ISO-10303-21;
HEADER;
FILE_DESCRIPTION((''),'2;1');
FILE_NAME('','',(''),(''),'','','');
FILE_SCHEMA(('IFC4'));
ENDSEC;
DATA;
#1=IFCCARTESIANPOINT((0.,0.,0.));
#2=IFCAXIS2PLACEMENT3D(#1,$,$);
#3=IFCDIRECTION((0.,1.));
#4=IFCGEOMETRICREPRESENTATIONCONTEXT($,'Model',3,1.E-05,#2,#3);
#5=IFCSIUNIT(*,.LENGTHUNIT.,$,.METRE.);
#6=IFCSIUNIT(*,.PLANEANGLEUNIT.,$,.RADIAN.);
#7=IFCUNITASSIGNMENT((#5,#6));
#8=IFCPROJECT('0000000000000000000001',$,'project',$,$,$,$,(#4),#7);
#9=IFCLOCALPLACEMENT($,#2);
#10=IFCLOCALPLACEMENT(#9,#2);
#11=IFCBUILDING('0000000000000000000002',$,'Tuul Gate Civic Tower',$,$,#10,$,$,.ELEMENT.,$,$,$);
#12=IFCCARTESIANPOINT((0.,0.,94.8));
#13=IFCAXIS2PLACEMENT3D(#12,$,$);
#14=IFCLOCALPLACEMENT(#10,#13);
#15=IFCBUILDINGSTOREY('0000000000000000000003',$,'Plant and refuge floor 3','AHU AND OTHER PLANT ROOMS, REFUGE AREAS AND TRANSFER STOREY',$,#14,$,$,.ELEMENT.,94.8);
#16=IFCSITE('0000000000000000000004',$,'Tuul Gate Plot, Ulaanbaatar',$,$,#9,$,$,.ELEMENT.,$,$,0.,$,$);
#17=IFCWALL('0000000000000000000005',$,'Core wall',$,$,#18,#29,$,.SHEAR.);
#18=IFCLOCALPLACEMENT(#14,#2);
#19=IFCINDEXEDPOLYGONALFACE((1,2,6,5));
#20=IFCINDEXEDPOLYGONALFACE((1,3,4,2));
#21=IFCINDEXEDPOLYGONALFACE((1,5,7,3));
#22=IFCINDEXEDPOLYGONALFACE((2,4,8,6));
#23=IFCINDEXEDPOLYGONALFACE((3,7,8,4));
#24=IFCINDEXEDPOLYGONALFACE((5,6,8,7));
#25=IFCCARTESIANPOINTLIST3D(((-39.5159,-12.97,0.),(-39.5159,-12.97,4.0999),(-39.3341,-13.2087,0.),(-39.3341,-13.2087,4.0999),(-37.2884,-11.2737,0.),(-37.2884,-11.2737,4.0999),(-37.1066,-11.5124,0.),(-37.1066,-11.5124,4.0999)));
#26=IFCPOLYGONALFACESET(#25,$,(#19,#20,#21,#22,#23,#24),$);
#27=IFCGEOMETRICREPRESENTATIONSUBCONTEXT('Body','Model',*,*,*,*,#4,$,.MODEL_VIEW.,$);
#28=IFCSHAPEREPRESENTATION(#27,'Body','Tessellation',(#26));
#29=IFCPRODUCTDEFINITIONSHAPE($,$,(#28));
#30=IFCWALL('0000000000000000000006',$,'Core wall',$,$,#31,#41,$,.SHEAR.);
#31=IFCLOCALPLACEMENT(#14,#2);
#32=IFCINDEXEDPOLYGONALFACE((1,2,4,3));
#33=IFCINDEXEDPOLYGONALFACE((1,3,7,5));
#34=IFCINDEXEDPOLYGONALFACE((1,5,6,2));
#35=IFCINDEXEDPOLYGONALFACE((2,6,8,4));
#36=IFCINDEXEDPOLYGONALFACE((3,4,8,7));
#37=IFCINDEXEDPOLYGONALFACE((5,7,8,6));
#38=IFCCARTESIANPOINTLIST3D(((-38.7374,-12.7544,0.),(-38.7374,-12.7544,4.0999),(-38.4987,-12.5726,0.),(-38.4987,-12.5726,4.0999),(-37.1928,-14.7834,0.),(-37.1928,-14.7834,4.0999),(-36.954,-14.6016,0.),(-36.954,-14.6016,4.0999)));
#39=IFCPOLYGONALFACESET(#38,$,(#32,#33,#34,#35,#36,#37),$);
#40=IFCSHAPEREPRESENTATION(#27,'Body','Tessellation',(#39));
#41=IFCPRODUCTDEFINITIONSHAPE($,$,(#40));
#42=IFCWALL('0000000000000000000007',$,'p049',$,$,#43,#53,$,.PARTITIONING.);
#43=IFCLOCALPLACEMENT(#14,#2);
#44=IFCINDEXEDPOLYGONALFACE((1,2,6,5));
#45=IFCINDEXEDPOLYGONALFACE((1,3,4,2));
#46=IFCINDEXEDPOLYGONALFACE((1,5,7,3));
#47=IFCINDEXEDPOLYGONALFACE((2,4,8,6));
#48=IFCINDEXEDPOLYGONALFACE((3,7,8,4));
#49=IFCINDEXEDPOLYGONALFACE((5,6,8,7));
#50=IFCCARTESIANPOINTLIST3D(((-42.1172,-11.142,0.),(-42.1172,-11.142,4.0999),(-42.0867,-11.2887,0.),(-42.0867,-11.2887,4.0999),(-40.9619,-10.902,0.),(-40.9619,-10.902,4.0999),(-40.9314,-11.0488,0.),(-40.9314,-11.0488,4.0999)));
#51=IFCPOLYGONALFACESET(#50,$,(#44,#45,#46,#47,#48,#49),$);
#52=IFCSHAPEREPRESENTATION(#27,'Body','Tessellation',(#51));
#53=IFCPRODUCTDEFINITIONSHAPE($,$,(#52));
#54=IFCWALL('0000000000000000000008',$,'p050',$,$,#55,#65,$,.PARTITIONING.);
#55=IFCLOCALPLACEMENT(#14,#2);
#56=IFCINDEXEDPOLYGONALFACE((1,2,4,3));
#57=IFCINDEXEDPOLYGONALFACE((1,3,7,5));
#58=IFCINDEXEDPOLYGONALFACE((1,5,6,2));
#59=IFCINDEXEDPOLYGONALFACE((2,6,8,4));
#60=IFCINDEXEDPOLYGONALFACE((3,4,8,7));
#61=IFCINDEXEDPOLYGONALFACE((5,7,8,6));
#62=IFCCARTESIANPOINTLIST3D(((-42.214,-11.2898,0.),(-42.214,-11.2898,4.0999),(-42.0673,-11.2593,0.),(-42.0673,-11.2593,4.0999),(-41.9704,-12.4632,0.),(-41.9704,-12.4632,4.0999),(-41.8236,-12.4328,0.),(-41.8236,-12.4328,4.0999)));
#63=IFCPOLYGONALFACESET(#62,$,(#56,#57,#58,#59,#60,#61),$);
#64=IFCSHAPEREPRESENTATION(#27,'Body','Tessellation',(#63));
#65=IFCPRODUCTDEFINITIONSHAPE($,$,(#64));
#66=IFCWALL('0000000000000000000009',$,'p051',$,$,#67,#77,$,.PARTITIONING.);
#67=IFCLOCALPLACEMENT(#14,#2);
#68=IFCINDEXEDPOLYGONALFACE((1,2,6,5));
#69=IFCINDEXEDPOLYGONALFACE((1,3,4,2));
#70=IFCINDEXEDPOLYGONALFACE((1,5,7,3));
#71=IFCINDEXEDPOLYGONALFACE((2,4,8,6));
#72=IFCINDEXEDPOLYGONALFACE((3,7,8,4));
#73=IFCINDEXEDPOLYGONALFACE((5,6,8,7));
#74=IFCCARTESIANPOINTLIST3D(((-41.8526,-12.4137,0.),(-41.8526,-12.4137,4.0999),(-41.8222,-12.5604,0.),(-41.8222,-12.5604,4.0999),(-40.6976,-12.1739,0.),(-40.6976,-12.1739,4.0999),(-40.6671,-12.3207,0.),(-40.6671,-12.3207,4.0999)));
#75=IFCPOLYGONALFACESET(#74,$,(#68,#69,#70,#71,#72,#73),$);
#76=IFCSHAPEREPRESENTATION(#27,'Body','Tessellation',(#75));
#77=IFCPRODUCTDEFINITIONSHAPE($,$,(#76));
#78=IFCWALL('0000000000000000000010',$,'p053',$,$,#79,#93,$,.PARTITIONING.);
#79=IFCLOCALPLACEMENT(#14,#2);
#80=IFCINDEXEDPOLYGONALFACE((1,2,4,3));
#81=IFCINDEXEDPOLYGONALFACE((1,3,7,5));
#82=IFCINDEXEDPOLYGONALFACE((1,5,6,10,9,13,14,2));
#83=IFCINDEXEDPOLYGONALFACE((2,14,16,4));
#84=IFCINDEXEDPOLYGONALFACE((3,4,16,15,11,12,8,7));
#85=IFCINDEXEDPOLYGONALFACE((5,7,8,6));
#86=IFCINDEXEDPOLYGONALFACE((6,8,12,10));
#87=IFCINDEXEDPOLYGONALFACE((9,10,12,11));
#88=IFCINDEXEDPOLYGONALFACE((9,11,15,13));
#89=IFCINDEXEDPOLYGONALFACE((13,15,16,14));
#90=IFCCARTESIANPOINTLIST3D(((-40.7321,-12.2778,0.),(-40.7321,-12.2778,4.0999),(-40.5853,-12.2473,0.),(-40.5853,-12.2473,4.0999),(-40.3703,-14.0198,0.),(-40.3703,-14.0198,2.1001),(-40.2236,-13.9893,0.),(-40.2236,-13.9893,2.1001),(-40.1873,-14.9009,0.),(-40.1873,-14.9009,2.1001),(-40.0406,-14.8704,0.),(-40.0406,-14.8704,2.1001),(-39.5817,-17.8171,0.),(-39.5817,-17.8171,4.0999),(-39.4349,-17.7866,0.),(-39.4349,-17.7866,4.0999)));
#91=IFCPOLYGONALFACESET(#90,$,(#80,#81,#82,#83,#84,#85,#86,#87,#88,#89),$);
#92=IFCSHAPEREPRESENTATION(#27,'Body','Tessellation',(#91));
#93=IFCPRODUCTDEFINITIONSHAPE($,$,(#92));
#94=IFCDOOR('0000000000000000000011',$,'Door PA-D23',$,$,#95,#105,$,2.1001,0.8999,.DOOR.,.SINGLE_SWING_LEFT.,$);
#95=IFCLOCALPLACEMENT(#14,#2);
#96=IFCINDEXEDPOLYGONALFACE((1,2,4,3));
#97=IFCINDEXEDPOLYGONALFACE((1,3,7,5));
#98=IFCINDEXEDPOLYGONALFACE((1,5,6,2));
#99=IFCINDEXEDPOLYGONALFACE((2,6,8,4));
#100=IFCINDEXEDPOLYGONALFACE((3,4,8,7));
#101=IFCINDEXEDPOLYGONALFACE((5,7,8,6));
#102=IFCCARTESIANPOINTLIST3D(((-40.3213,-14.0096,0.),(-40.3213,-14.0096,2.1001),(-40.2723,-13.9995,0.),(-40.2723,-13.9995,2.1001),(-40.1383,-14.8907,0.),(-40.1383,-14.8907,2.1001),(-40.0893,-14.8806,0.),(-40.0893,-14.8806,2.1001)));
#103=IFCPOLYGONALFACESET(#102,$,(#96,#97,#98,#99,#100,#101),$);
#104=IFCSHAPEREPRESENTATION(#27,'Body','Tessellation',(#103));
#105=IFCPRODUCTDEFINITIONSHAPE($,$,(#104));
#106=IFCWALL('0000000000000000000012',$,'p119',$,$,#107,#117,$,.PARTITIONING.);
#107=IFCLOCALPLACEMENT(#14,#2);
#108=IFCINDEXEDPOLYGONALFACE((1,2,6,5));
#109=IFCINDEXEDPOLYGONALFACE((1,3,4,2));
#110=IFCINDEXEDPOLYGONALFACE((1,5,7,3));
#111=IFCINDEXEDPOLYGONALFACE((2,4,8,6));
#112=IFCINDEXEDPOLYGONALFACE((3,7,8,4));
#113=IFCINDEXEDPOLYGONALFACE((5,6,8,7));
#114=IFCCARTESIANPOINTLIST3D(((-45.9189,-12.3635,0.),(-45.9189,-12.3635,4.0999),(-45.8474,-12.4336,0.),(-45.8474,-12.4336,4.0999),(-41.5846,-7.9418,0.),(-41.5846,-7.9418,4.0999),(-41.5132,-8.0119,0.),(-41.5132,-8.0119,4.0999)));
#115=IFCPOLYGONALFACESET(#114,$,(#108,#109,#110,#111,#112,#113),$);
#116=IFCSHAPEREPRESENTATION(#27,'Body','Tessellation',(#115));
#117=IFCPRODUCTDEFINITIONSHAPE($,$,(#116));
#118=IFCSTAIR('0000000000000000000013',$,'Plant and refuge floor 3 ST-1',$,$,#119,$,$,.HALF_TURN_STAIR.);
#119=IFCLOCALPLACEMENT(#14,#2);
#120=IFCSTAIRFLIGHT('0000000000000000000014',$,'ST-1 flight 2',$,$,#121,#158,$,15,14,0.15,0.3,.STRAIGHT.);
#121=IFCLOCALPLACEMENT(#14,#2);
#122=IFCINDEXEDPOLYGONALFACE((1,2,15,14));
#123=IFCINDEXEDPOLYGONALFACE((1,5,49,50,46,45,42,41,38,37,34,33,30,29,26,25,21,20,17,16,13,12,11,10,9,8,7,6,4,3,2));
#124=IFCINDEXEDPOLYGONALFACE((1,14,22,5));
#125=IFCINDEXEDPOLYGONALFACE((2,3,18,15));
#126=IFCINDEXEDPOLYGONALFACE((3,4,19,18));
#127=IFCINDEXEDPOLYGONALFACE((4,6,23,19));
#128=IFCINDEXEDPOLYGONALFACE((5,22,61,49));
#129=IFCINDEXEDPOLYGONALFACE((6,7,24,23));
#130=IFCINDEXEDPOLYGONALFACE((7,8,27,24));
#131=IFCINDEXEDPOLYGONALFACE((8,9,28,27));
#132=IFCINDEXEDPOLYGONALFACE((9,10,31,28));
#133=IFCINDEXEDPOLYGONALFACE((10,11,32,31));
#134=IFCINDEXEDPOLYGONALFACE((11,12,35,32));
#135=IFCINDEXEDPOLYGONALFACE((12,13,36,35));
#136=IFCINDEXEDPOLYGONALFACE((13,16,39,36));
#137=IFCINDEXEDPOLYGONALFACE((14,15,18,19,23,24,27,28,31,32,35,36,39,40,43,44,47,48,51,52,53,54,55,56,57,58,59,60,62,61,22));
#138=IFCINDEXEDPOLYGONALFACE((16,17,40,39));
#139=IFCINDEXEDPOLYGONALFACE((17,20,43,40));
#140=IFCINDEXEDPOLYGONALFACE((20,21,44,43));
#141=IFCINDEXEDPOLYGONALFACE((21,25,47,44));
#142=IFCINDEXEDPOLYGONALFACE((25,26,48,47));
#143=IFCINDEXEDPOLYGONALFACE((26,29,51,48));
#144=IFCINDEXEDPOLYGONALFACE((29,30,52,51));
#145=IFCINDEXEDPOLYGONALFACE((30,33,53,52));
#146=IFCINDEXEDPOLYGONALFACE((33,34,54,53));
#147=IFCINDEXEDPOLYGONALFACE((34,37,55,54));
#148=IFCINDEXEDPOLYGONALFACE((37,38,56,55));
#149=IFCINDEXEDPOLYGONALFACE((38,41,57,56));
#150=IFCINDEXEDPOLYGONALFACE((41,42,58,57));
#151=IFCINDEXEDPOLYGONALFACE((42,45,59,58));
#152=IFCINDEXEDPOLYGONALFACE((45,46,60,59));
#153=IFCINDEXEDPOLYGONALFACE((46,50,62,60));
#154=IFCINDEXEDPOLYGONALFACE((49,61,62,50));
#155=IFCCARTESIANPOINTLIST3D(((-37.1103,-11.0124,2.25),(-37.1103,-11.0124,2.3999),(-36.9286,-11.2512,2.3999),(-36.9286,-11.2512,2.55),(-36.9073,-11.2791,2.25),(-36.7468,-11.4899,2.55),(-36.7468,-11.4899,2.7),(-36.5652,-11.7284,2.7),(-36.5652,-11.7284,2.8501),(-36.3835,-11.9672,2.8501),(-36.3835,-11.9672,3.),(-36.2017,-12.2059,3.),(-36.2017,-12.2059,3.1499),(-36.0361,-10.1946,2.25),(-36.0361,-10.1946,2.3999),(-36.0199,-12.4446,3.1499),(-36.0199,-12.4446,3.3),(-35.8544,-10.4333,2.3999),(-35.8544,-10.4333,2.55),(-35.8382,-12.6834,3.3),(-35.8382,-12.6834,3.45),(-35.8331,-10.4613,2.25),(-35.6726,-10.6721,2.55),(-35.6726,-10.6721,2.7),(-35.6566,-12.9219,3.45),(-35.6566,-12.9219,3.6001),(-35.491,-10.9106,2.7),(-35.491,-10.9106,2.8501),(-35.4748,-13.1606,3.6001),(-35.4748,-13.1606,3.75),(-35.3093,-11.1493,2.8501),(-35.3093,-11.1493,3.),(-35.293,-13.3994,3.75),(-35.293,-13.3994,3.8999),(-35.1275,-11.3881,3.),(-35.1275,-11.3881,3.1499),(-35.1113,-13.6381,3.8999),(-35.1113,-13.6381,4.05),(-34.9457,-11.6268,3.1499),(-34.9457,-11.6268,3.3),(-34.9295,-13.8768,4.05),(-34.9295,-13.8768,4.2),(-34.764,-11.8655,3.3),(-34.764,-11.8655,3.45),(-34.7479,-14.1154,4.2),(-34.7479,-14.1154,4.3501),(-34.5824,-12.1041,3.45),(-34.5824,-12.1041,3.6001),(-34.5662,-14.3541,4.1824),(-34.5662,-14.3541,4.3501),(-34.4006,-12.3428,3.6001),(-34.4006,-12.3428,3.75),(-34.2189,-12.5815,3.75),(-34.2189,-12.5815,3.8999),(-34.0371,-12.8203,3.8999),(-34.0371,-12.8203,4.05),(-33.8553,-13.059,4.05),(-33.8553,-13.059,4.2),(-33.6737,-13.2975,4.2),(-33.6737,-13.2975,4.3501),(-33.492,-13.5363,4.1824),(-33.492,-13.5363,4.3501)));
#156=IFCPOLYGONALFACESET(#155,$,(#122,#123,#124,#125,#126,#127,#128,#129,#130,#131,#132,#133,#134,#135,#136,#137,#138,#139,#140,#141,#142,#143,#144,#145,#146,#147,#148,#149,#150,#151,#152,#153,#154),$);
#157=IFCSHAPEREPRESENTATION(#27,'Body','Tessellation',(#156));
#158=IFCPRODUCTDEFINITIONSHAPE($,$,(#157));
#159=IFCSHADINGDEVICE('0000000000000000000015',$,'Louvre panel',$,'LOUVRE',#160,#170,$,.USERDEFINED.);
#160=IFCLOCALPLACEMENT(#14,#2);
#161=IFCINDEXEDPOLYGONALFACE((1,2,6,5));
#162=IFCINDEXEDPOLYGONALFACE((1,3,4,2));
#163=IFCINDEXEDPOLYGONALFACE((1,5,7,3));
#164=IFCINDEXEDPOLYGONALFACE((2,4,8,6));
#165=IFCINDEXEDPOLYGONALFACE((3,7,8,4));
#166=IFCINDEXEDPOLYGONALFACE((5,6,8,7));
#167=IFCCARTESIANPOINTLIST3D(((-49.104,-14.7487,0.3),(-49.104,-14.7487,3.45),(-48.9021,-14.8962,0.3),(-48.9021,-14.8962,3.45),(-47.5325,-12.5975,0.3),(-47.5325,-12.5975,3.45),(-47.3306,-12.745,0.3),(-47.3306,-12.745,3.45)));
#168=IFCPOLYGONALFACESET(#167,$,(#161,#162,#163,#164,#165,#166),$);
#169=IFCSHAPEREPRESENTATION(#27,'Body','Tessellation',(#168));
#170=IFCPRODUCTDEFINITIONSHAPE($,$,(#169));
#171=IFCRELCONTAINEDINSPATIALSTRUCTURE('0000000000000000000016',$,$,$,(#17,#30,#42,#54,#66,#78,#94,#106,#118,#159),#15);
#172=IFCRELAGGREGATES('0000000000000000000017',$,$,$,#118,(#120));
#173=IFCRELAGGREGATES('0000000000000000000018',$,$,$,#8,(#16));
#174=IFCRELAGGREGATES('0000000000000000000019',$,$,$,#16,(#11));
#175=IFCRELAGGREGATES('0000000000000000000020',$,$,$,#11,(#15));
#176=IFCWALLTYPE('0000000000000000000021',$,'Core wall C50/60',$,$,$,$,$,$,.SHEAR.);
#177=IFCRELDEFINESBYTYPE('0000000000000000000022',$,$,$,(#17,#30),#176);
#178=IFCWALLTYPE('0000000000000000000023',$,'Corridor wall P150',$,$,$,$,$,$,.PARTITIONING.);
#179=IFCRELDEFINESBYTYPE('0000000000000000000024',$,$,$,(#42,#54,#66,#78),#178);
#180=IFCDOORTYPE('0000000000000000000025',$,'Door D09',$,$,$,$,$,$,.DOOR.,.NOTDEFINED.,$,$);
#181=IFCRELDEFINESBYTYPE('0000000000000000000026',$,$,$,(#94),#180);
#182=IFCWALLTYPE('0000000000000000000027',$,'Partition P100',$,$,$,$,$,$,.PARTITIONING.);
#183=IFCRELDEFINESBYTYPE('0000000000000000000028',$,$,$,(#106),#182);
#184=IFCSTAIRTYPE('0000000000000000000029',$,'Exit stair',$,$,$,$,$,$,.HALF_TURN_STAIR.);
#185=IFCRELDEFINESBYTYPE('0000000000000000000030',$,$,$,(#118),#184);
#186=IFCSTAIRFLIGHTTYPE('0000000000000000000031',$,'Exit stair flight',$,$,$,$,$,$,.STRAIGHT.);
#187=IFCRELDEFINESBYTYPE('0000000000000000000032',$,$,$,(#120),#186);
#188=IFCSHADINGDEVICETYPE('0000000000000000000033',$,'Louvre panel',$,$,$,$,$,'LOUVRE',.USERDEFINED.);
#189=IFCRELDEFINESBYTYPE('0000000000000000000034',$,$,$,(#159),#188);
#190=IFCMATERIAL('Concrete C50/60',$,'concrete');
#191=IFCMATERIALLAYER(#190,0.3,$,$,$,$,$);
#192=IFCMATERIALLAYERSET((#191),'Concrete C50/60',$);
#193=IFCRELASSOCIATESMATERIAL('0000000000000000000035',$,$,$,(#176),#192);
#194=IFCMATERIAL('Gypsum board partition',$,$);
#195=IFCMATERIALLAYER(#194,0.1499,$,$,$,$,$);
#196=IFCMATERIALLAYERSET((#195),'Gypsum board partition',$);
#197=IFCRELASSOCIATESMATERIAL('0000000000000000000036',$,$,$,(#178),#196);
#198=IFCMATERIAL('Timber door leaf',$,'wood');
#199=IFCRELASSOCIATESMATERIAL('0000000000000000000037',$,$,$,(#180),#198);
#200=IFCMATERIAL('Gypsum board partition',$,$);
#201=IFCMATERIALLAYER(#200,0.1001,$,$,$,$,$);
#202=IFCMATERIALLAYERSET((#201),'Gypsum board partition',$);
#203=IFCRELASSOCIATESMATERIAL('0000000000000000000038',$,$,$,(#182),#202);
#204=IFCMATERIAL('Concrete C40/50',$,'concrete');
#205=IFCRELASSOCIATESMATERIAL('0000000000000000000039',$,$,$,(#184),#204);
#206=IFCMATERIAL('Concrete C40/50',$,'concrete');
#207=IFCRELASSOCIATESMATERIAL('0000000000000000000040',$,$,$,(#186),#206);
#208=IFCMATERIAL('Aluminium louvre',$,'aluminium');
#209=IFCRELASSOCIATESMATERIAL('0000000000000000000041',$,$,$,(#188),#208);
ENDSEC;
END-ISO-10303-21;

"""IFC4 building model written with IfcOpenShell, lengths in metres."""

from ifc_helpers import new_model, si_unit, direction, frame, frame_2d, origin, origin_2d, place, context, subcontext, project, spatial, polyline, rectangle, outline, extrude, material, layer, layer_set, type_object, element, fill, aggregate, save


model = new_model("IFC4")

# Units and contexts
model_context = context("Model", 3, precision=1e-05, world=origin(), true_north=direction((0.0, 1.0)))
body_context = subcontext(model_context, "Body", "Model", "MODEL_VIEW")
ifc_project = project(units=[si_unit("LENGTHUNIT", "METRE"), si_unit("PLANEANGLEUNIT", "RADIAN")], contexts=[model_context])

# Site, building, storey
site_placement = place(None, origin())
site = spatial("IfcSite", under=ifc_project, at=site_placement, Name="Tuul Gate Plot, Ulaanbaatar", CompositionType="ELEMENT", RefElevation=0.0)
building_placement = place(site_placement, origin())
building = spatial("IfcBuilding", under=site, at=building_placement, Name="Tuul Gate Civic Tower", CompositionType="ELEMENT")
storey_placement = place(building_placement, frame((0.0, 0.0, 94.8)))
storey = spatial("IfcBuildingStorey", under=building, at=storey_placement, Name="Plant and refuge floor 3", Description="AHU AND OTHER PLANT ROOMS, REFUGE AREAS AND TRANSFER STOREY", CompositionType="ELEMENT", Elevation=94.8)

# Shared definitions
ifc_material_1 = material(Name="Concrete C50/60", Category="concrete")
ifc_layer_1 = layer(ifc_material_1, 0.3)
ifc_layer_set_1 = layer_set([ifc_layer_1], Name="Concrete C50/60")
wall_type_1 = type_object("IfcWallType", Name="Core wall C50/60", PredefinedType="SHEAR", material=ifc_layer_set_1)

# Walls
wall_1_placement = place(storey_placement, frame((-37.1975, -11.3931, 0.0), z_axis=(0.0, 0.0, 1.0), x_axis=(-0.795584, -0.605844, 0.0)))
element("IfcWall", 1, at=wall_1_placement, inside=storey, type_object=wall_type_1, Name="Core wall", PredefinedType="SHEAR", context=body_context, shape_type="SweptSolid", body=[
    extrude(rectangle(XDim=2.7998, YDim=0.3, at=frame_2d((1.3999, 0.0))), origin(), (0.0, 0.0, 1.0), 4.0999),
])
wall_2_placement = place(storey_placement, frame((-37.0735, -14.6924, 0.0), z_axis=(0.0, 0.0, 1.0), x_axis=(-0.605729, 0.795671, 0.0)))
element("IfcWall", 2, at=wall_2_placement, inside=storey, type_object=wall_type_1, Name="Core wall", PredefinedType="SHEAR", context=body_context, shape_type="SweptSolid", body=[
    extrude(rectangle(XDim=2.55, YDim=0.3, at=frame_2d((1.2749, 0.0))), origin(), (0.0, 0.0, 1.0), 4.0999),
])
ifc_material_2 = material(Name="Gypsum board partition")
ifc_layer_2 = layer(ifc_material_2, 0.1499)
ifc_layer_set_2 = layer_set([ifc_layer_2], Name="Gypsum board partition")
wall_type_2 = type_object("IfcWallType", Name="Corridor wall P150", PredefinedType="PARTITIONING", material=ifc_layer_set_2)
wall_3_placement = place(storey_placement, frame((-42.1018, -11.2153, 0.0), z_axis=(0.0, 0.0, 1.0), x_axis=(0.979097, 0.203392, 0.0)))
element("IfcWall", 3, at=wall_3_placement, inside=storey, type_object=wall_type_2, Name="p049", PredefinedType="PARTITIONING", context=body_context, shape_type="SweptSolid", body=[
    extrude(rectangle(XDim=1.1799, YDim=0.1499, at=frame_2d((0.5898, 0.0))), origin(), (0.0, 0.0, 1.0), 4.0999),
])
wall_4_placement = place(storey_placement, frame((-42.1406, -11.2747, 0.0), z_axis=(0.0, 0.0, 1.0), x_axis=(0.20332, -0.979112, 0.0)))
element("IfcWall", 4, at=wall_4_placement, inside=storey, type_object=wall_type_2, Name="p050", PredefinedType="PARTITIONING", context=body_context, shape_type="SweptSolid", body=[
    extrude(rectangle(XDim=1.1985, YDim=0.1499, at=frame_2d((0.5991, 0.0))), origin(), (0.0, 0.0, 1.0), 4.0999),
])
wall_5_placement = place(storey_placement, frame((-41.8374, -12.4871, 0.0), z_axis=(0.0, 0.0, 1.0), x_axis=(0.97913, 0.203235, 0.0)))
element("IfcWall", 5, at=wall_5_placement, inside=storey, type_object=wall_type_2, Name="p051", PredefinedType="PARTITIONING", context=body_context, shape_type="SweptSolid", body=[
    extrude(rectangle(XDim=1.1797, YDim=0.1499, at=frame_2d((0.5898, 0.0))), origin(), (0.0, 0.0, 1.0), 4.0999),
])

# Wall, opening, door
wall_6_placement = place(storey_placement, frame((-40.6587, -12.2627, 0.0), z_axis=(0.0, 0.0, 1.0), x_axis=(0.203339, -0.979108, 0.0)))
wall_6 = element("IfcWall", 6, at=wall_6_placement, inside=storey, type_object=wall_type_2, Name="p053", PredefinedType="PARTITIONING", context=body_context, shape_type="SweptSolid", body=[
    extrude(rectangle(XDim=5.6575, YDim=0.1499, at=frame_2d((2.8286, 0.0))), origin(), (0.0, 0.0, 1.0), 4.0999),
])
opening_1_placement = place(wall_6_placement, frame((1.7791, 0.0, 0.0)))
opening_1 = element("IfcOpeningElement", 7, at=opening_1_placement, cuts=wall_6, PredefinedType="OPENING", context=body_context, shape_type="SweptSolid", body=[
    extrude(rectangle(XDim=0.8999, YDim=2.1001, at=frame_2d((0.45, 1.05))), frame((0.0, 0.085, 0.0), z_axis=(0.0, -1.0, 0.0), x_axis=(1.0, 0.0, 0.0)), (0.0, 0.0, 1.0), 0.1699),
])
ifc_material_3 = material(Name="Timber door leaf", Category="wood")
door_type_1 = type_object("IfcDoorType", Name="Door D09", OperationType="NOTDEFINED", PredefinedType="DOOR", material=ifc_material_3)
door_1_placement = place(opening_1_placement, frame((0.8999, 0.0, 0.0), z_axis=(0.0, 0.0, 1.0), x_axis=(-1.0, 0.0, 0.0)))
door_1 = element("IfcDoor", 8, at=door_1_placement, inside=storey, type_object=door_type_1, Name="Door PA-D23", OperationType="SINGLE_SWING_LEFT", OverallHeight=2.1001, OverallWidth=0.8999, PredefinedType="DOOR", context=body_context, shape_type="SweptSolid", body=[
    extrude(rectangle(XDim=0.8999, YDim=2.1001, at=frame_2d((0.45, 1.05))), frame((0.0, 0.0249, 0.0), z_axis=(0.0, -1.0, 0.0), x_axis=(1.0, 0.0, 0.0)), (0.0, 0.0, 1.0), 0.05),
])
fill(opening_1, door_1)

# Wall
ifc_material_4 = material(Name="Gypsum board partition")
ifc_layer_3 = layer(ifc_material_4, 0.1001)
ifc_layer_set_3 = layer_set([ifc_layer_3], Name="Gypsum board partition")
wall_type_3 = type_object("IfcWallType", Name="Partition P100", PredefinedType="PARTITIONING", material=ifc_layer_set_3)
wall_7_placement = place(storey_placement, frame((-45.8831, -12.3984, 0.0), z_axis=(0.0, 0.0, 1.0), x_axis=(0.700013, 0.71413, 0.0)))
element("IfcWall", 9, at=wall_7_placement, inside=storey, type_object=wall_type_3, Name="p119", PredefinedType="PARTITIONING", context=body_context, shape_type="SweptSolid", body=[
    extrude(rectangle(XDim=6.1917, YDim=0.1001, at=frame_2d((3.0957, 0.0))), origin(), (0.0, 0.0, 1.0), 4.0999),
])

# Stair, stair flight
ifc_material_5 = material(Name="Concrete C40/50", Category="concrete")
stair_type = type_object("IfcStairType", Name="Exit stair", PredefinedType="HALF_TURN_STAIR", material=ifc_material_5)
stair_placement = place(storey_placement, origin())
stair = element("IfcStair", 10, at=stair_placement, inside=storey, type_object=stair_type, Name="Plant and refuge floor 3 ST-1", PredefinedType="HALF_TURN_STAIR")
ifc_material_6 = material(Name="Concrete C40/50", Category="concrete")
stair_flight_type = type_object("IfcStairFlightType", Name="Exit stair flight", PredefinedType="STRAIGHT", material=ifc_material_6)
stair_flight_placement = place(storey_placement, frame((-36.5732, -10.6035, 2.25), z_axis=(0.0, 0.0, 1.0), x_axis=(0.605764, -0.795644, 0.0)))
stair_flight = element("IfcStairFlight", 11, at=stair_flight_placement, type_object=stair_flight_type, Name="ST-1 flight 2", NumberOfRisers=15, NumberOfTreads=14, PredefinedType="STRAIGHT", RiserHeight=0.15, TreadLength=0.3, context=body_context, shape_type="SweptSolid", body=[
    extrude(outline(polyline([(0.0, 0.0), (0.0, 0.1499), (0.3, 0.1499), (0.3, 0.3), (0.6001, 0.3), (0.6001, 0.45), (0.8999, 0.45), (0.8999, 0.6001), (1.2, 0.6001), (1.2, 0.75), (1.5, 0.75), (1.5, 0.8999), (1.8, 0.8999), (1.8, 1.05), (2.1001, 1.05), (2.1001, 1.2), (2.3999, 1.2), (2.3999, 1.3501), (2.7, 1.3501), (2.7, 1.5), (3.0, 1.5), (3.0, 1.6499), (3.3, 1.6499), (3.3, 1.8), (3.6001, 1.8), (3.6001, 1.95), (3.8999, 1.95), (3.8999, 2.1001), (4.2, 2.1001), (4.2, 2.25), (4.2, 1.9324), (0.3352, 0.0), (0.0, 0.0)])), frame((0.0, 0.675, 0.0), z_axis=(0.0, -1.0, 0.0), x_axis=(1.0, 0.0, 0.0)), (0.0, 0.0, 1.0), 1.3501),
])
aggregate(stair, [stair_flight])

# Shading device
ifc_material_7 = material(Name="Aluminium louvre", Category="aluminium")
shading_device_type = type_object("IfcShadingDeviceType", Name="Louvre panel", ElementType="LOUVRE", PredefinedType="USERDEFINED", material=ifc_material_7)
shading_device_placement = place(storey_placement, frame((-48.2173, -13.7468, 0.3), z_axis=(0.0, 0.0, 1.0), x_axis=(-0.807483, 0.589891, 0.0)))
element("IfcShadingDevice", 12, at=shading_device_placement, inside=storey, type_object=shading_device_type, Name="Louvre panel", ObjectType="LOUVRE", PredefinedType="USERDEFINED", context=body_context, shape_type="SweptSolid", body=[
    extrude(rectangle(XDim=0.25, YDim=2.6641, at=origin_2d()), origin(), (0.0, 0.0, 1.0), 3.1499),
])

save(model, "model.ifc")
